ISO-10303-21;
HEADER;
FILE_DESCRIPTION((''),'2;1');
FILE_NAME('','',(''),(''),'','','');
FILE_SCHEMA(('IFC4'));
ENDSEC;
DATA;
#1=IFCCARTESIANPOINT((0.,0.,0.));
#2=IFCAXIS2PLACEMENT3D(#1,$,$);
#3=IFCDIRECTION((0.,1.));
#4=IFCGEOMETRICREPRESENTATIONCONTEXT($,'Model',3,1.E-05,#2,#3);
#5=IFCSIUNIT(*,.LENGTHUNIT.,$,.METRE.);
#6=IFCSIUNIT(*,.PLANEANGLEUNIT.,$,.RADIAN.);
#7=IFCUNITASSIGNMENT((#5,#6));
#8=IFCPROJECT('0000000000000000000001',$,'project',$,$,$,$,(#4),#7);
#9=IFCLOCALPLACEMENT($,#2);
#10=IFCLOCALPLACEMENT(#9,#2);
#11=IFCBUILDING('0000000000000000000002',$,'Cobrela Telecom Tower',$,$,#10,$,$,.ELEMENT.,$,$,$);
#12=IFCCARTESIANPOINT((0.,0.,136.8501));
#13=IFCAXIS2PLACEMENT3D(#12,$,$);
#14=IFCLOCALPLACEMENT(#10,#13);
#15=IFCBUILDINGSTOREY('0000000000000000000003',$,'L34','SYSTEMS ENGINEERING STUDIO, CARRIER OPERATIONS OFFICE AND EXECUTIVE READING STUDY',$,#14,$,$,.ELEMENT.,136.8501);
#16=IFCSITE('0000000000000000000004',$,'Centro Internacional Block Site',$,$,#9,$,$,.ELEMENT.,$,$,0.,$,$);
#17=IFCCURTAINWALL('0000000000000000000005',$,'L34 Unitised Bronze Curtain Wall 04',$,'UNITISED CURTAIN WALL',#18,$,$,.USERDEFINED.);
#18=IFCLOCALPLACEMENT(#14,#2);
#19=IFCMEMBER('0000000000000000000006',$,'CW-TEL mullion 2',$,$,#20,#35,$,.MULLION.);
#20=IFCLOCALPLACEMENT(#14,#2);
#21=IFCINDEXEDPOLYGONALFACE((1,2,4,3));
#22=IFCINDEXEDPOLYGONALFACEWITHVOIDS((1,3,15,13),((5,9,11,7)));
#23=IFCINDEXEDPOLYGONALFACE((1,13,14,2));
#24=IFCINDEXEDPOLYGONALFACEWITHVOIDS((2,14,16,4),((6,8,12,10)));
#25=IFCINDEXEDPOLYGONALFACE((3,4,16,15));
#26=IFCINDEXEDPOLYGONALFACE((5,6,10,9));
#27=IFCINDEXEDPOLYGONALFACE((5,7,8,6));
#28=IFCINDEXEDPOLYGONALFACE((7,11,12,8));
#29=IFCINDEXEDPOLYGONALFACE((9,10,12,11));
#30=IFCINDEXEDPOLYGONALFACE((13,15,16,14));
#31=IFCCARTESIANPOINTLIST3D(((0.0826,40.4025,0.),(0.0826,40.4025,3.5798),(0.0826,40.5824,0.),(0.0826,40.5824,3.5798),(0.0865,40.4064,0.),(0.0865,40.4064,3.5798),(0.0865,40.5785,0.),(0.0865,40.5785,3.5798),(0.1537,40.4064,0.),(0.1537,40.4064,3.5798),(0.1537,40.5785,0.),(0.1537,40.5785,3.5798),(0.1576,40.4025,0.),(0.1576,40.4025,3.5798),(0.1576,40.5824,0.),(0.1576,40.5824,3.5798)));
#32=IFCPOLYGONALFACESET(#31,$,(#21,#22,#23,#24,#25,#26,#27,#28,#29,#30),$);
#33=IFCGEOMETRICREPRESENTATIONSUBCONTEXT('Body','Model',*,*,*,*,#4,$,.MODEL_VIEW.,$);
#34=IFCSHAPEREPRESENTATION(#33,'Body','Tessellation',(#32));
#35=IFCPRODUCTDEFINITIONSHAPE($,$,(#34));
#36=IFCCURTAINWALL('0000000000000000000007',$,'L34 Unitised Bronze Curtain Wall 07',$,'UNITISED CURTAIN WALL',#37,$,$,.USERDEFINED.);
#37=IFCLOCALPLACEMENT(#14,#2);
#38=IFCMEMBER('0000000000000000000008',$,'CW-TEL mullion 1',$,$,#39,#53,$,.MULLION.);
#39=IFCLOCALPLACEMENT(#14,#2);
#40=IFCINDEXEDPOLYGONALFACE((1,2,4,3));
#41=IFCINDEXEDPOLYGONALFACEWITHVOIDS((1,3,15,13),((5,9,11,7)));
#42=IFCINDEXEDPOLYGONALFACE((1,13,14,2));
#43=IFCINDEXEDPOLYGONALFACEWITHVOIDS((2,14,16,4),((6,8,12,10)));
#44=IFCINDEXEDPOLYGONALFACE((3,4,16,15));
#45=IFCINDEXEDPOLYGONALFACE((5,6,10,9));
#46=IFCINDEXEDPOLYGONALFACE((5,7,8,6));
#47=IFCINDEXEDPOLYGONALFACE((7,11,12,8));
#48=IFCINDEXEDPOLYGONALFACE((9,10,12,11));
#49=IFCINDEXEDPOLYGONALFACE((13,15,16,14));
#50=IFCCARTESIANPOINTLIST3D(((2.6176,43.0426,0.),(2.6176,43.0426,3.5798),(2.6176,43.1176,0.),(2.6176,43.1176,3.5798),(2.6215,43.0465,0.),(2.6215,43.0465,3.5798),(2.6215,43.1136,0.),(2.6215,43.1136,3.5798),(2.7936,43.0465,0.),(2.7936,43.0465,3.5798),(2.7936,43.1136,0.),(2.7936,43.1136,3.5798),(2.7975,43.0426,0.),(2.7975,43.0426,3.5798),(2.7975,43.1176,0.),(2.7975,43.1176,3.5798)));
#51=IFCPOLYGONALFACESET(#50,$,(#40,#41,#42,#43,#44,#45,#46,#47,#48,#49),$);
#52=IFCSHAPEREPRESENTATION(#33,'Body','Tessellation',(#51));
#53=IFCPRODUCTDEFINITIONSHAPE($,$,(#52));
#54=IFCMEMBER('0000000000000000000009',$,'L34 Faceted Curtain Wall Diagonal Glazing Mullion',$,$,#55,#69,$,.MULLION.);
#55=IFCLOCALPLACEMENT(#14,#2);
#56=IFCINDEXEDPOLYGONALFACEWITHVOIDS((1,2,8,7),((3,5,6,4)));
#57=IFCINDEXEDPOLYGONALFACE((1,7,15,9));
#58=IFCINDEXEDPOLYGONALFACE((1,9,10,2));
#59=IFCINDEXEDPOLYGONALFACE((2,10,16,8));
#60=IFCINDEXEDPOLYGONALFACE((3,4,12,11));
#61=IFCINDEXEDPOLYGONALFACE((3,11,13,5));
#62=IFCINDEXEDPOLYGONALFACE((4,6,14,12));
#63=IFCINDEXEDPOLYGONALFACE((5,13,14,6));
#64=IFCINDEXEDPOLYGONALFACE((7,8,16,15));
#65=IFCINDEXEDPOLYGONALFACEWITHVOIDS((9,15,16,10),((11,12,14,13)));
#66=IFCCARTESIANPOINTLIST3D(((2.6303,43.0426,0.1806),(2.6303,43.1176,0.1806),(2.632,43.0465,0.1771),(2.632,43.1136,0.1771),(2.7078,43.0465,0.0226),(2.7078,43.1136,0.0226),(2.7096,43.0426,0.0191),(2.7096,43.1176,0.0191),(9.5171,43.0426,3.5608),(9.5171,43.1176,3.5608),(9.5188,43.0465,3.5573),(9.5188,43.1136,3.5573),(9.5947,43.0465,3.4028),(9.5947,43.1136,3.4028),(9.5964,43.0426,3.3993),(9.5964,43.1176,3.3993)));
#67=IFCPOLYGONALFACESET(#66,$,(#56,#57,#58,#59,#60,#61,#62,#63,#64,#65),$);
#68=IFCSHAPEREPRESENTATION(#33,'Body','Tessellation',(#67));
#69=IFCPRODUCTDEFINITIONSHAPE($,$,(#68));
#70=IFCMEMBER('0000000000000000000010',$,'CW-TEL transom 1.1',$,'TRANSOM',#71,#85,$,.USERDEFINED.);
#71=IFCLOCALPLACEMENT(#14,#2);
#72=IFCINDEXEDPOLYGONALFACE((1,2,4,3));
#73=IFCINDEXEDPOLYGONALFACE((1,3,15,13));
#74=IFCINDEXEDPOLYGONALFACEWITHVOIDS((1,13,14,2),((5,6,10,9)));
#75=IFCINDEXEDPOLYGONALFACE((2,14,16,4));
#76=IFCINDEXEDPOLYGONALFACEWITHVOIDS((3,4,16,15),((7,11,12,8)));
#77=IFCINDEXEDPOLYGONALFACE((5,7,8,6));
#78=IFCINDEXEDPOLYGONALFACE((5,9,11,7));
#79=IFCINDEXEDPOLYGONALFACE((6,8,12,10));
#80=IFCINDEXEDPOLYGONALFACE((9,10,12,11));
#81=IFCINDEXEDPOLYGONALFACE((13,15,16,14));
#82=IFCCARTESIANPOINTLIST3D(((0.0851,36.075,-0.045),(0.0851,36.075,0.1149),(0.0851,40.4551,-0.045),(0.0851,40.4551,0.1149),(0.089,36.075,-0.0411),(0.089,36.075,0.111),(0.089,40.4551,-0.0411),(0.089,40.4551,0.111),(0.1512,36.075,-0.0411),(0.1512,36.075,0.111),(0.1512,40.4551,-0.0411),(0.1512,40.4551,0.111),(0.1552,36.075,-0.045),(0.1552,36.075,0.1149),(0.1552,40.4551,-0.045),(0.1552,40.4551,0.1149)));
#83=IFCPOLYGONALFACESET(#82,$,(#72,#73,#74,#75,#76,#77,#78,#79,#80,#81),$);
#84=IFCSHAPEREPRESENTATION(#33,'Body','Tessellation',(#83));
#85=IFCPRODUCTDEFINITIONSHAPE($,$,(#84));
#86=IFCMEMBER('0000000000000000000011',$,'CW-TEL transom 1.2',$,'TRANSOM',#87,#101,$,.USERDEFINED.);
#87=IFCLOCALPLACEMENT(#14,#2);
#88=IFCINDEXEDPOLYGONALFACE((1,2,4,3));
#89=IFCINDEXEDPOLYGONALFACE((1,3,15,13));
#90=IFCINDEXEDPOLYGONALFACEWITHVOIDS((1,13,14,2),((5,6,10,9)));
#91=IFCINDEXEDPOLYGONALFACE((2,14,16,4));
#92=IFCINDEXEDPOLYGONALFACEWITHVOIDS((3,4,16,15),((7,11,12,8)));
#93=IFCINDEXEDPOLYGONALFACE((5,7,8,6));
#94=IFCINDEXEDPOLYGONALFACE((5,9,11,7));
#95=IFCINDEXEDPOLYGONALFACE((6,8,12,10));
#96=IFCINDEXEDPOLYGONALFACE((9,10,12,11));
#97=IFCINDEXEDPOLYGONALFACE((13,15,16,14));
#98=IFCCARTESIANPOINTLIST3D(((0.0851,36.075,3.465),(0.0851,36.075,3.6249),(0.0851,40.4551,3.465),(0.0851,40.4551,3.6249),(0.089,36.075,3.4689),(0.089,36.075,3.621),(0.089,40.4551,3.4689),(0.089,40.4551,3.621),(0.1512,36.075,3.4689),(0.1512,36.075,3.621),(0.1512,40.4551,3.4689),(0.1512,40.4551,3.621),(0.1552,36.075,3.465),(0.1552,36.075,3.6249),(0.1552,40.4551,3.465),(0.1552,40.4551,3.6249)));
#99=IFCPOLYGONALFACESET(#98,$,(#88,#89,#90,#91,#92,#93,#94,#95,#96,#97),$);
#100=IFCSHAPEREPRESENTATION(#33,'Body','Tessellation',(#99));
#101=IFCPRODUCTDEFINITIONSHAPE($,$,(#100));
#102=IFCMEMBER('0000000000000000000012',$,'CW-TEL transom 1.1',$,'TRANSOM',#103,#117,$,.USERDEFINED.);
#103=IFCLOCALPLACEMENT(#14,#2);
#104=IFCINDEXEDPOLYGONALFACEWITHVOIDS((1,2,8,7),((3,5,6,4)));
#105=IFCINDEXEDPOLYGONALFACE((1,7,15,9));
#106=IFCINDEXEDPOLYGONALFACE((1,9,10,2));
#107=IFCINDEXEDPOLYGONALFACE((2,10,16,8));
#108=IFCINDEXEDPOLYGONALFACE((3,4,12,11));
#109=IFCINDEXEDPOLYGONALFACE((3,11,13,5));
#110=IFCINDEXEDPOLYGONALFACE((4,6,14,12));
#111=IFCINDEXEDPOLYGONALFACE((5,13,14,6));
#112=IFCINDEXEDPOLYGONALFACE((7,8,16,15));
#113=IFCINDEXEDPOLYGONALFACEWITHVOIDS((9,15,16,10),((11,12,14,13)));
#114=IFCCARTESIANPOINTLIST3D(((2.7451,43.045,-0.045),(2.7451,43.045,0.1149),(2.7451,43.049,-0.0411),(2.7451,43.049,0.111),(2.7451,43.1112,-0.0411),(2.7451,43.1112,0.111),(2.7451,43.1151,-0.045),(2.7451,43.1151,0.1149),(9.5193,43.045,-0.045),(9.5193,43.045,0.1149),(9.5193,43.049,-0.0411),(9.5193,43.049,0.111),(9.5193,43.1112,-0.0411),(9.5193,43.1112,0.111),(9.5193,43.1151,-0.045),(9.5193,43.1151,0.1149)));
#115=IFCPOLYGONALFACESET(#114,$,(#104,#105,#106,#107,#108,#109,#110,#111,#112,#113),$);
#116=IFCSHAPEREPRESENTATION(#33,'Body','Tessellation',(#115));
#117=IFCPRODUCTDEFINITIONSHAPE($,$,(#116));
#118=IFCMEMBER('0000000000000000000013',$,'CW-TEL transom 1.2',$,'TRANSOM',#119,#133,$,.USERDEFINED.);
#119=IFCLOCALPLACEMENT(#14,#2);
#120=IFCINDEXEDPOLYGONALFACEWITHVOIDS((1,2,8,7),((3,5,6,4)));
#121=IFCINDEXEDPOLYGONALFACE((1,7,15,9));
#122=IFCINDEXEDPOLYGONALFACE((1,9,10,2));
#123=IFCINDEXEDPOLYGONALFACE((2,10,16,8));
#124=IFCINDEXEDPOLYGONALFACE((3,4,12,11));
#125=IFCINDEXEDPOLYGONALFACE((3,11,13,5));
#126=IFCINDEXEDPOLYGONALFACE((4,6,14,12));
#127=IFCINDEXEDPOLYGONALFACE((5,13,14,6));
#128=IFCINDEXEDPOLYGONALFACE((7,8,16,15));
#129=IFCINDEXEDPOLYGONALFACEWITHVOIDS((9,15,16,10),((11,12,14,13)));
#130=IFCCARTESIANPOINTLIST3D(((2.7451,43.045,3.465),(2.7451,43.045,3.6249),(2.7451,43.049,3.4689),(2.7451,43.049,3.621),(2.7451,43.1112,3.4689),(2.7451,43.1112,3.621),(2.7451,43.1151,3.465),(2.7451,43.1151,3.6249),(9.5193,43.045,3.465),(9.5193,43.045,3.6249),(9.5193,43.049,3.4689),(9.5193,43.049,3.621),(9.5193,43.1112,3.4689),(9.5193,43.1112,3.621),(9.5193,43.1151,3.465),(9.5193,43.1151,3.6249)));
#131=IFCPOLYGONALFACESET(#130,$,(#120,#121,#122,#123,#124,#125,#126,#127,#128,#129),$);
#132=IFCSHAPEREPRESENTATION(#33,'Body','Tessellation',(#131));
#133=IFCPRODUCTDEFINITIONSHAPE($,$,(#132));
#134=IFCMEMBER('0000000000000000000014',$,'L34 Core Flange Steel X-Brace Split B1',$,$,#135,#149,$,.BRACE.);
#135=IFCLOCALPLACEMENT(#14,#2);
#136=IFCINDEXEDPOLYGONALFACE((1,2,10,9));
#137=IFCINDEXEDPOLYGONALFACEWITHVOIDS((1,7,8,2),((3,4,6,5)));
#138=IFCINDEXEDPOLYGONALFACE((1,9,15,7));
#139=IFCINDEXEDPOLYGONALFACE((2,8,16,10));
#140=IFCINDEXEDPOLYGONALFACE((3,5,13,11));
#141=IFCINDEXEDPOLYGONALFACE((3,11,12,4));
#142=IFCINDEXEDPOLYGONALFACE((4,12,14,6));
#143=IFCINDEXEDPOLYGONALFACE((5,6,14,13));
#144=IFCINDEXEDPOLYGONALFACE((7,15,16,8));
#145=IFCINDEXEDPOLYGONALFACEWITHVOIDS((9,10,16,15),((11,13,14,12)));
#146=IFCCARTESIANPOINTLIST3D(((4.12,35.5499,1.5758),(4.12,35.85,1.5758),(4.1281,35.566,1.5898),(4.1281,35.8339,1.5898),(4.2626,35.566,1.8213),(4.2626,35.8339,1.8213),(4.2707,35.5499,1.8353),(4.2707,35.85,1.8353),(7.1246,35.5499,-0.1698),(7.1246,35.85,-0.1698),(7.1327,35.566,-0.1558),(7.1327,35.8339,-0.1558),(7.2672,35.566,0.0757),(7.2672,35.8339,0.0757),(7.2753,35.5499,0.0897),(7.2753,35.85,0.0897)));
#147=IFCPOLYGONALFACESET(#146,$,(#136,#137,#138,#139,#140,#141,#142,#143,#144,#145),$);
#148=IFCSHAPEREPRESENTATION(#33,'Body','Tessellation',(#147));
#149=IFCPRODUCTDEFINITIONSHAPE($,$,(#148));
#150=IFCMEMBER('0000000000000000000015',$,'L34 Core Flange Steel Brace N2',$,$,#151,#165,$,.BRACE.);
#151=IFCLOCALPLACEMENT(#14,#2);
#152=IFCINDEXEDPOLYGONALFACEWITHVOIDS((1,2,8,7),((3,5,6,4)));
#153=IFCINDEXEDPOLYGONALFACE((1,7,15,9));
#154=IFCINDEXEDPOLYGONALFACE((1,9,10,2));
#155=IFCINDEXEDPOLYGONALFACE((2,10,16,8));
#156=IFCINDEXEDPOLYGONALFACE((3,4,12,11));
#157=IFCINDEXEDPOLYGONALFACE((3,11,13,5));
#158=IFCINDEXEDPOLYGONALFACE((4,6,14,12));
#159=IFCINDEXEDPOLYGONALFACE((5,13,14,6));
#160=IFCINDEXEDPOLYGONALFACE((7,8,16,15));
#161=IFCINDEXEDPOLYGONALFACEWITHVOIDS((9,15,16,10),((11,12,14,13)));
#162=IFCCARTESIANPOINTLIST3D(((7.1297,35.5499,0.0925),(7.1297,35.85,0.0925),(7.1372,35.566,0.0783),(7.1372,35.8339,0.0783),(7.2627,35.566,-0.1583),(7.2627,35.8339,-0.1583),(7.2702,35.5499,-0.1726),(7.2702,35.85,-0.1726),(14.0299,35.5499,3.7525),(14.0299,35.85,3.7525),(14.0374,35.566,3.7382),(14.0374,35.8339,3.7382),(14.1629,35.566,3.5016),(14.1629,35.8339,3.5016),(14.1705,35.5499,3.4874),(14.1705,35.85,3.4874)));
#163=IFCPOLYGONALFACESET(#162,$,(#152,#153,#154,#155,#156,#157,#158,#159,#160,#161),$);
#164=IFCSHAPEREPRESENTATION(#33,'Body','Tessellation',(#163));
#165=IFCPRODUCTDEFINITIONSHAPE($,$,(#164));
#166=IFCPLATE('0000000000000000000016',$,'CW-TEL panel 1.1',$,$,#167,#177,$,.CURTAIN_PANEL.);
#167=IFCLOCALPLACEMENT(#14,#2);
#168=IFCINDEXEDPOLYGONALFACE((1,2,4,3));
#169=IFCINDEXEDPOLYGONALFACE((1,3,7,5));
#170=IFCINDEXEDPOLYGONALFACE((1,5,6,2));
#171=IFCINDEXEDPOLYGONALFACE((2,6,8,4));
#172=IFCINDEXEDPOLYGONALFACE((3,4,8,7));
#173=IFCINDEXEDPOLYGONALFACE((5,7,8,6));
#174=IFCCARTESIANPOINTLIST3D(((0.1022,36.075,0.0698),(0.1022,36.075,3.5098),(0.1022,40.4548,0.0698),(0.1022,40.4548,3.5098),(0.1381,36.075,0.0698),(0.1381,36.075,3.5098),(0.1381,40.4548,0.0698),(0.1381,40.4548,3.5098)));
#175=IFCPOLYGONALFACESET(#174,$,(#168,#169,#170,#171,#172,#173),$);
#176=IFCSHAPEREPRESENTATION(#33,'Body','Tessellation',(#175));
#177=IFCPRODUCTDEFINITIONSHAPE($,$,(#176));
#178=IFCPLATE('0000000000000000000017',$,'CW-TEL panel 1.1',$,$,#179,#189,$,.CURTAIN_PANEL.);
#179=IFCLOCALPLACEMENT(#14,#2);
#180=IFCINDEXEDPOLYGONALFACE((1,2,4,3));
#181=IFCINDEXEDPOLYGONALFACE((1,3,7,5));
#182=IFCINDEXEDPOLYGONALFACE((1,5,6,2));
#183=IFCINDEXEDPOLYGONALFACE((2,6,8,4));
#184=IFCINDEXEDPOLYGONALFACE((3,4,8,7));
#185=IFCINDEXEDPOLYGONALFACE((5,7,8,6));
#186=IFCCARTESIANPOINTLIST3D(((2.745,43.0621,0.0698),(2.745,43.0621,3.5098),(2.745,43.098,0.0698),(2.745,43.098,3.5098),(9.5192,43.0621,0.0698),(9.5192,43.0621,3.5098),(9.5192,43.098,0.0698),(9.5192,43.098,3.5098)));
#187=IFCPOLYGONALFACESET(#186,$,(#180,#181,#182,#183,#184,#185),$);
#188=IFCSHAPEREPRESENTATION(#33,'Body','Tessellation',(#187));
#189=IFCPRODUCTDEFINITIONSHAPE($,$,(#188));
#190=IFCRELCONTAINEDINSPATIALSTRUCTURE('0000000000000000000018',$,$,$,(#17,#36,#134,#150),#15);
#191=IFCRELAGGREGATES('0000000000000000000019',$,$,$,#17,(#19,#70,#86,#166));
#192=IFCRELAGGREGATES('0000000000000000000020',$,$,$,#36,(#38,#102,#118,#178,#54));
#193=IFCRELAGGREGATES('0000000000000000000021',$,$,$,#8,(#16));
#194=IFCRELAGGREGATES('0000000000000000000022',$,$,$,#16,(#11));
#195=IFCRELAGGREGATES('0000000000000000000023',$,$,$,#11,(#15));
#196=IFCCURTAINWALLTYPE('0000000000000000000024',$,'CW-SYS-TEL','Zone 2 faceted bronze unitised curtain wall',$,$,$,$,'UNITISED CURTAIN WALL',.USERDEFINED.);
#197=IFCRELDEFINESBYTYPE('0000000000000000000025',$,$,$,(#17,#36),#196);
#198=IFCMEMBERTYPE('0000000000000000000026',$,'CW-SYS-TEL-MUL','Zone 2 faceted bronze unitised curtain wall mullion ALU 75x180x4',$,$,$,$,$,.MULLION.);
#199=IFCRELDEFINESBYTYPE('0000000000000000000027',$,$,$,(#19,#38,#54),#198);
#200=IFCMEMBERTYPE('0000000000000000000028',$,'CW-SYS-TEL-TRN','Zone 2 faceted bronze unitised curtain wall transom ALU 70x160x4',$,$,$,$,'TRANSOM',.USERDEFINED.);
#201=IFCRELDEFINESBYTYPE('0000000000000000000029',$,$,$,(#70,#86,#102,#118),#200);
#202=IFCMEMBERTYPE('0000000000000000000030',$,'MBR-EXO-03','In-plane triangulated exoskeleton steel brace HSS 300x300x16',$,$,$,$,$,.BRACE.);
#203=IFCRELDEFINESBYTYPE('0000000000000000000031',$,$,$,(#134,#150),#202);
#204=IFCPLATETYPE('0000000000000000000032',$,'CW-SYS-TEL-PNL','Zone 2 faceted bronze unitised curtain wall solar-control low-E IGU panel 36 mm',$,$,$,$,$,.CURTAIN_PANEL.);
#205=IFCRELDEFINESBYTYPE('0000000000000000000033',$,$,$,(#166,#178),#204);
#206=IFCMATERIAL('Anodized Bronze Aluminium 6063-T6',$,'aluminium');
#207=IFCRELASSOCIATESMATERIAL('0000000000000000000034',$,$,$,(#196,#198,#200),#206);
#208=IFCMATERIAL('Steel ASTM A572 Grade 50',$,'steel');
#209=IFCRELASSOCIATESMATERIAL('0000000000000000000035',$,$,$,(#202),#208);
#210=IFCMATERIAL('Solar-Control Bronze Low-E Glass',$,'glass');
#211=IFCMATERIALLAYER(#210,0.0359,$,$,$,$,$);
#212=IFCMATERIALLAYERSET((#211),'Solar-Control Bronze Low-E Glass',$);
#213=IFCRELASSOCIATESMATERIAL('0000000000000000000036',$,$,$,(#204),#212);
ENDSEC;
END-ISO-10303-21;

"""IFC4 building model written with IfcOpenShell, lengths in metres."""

from ifc_helpers import new_model, si_unit, direction, frame, origin, origin_2d, place, context, subcontext, project, spatial, rectangle, hollow_rectangle, extrude, material, layer, layer_set, material_profile, profile_set, type_object, element, aggregate, save


model = new_model("IFC4")

# Units and contexts
model_context = context("Model", 3, precision=1e-05, world=origin(), true_north=direction((0.0, 1.0)))
body_context = subcontext(model_context, "Body", "Model", "MODEL_VIEW")
ifc_project = project(units=[si_unit("LENGTHUNIT", "METRE"), si_unit("PLANEANGLEUNIT", "RADIAN")], contexts=[model_context])

# Site, building, storey
site_placement = place(None, origin())
site = spatial("IfcSite", under=ifc_project, at=site_placement, Name="Centro Internacional Block Site", CompositionType="ELEMENT", RefElevation=0.0)
building_placement = place(site_placement, origin())
building = spatial("IfcBuilding", under=site, at=building_placement, Name="Cobrela Telecom Tower", CompositionType="ELEMENT")
storey_placement = place(building_placement, frame((0.0, 0.0, 136.8501)))
storey = spatial("IfcBuildingStorey", under=building, at=storey_placement, Name="L34", Description="SYSTEMS ENGINEERING STUDIO, CARRIER OPERATIONS OFFICE AND EXECUTIVE READING STUDY", CompositionType="ELEMENT", Elevation=136.8501)

# Shared definitions
ifc_material_1 = material(Name="Steel ASTM A572 Grade 50", Category="steel")

# Curtain walls, members
ifc_material_2 = material(Name="Anodized Bronze Aluminium 6063-T6", Category="aluminium")
curtain_wall_type = type_object("IfcCurtainWallType", Name="CW-SYS-TEL", Description="Zone 2 faceted bronze unitised curtain wall", ElementType="UNITISED CURTAIN WALL", PredefinedType="USERDEFINED", material=ifc_material_2)
curtain_wall_1_placement = place(storey_placement, origin())
curtain_wall_1 = element("IfcCurtainWall", 1, at=curtain_wall_1_placement, inside=storey, type_object=curtain_wall_type, Name="L34 Unitised Bronze Curtain Wall 04", ObjectType="UNITISED CURTAIN WALL", PredefinedType="USERDEFINED")
ifc_material_profile_1 = material_profile(ifc_material_2, hollow_rectangle(XDim=0.075, YDim=0.1799, WallThickness=0.0039, at=origin_2d()), Name="ALU 75x180x4")
ifc_profile_set_1 = profile_set([ifc_material_profile_1], Name="Anodized Bronze Aluminium 6063-T6")
member_type_1 = type_object("IfcMemberType", Name="CW-SYS-TEL-MUL", Description="Zone 2 faceted bronze unitised curtain wall mullion ALU 75x180x4", PredefinedType="MULLION", material=ifc_profile_set_1)
member_1_placement = place(storey_placement, frame((0.1201, 40.4924, 0.0), z_axis=(0.0, 0.0, 1.0), x_axis=(-1.0, 0.0, 0.0)))
member_1 = element("IfcMember", 2, at=member_1_placement, type_object=member_type_1, Name="CW-TEL mullion 2", PredefinedType="MULLION", context=body_context, shape_type="SweptSolid", body=[
    extrude(hollow_rectangle(XDim=0.075, YDim=0.1799, WallThickness=0.0039, at=origin_2d()), origin(), (0.0, 0.0, 1.0), 3.5798),
])
curtain_wall_2_placement = place(storey_placement, origin())
curtain_wall_2 = element("IfcCurtainWall", 3, at=curtain_wall_2_placement, inside=storey, type_object=curtain_wall_type, Name="L34 Unitised Bronze Curtain Wall 07", ObjectType="UNITISED CURTAIN WALL", PredefinedType="USERDEFINED")
member_2_placement = place(storey_placement, frame((2.7075, 43.0801, 0.0), z_axis=(0.0, 0.0, 1.0), x_axis=(0.0, 1.0, 0.0)))
member_2 = element("IfcMember", 4, at=member_2_placement, type_object=member_type_1, Name="CW-TEL mullion 1", PredefinedType="MULLION", context=body_context, shape_type="SweptSolid", body=[
    extrude(hollow_rectangle(XDim=0.075, YDim=0.1799, WallThickness=0.0039, at=origin_2d()), origin(), (0.0, 0.0, 1.0), 3.5798),
])
member_3_placement = place(storey_placement, frame((2.6699, 43.0801, 0.0999), z_axis=(0.8977, 0.0, 0.440607), x_axis=(0.0, 1.0, 0.0)))
member_3 = element("IfcMember", 5, at=member_3_placement, type_object=member_type_1, Name="L34 Faceted Curtain Wall Diagonal Glazing Mullion", PredefinedType="MULLION", context=body_context, shape_type="SweptSolid", body=[
    extrude(hollow_rectangle(XDim=0.075, YDim=0.1799, WallThickness=0.0039, at=origin_2d()), origin(), (0.0, 0.0, 1.0), 7.6716),
])

# Members
ifc_material_profile_2 = material_profile(ifc_material_2, hollow_rectangle(XDim=0.0701, YDim=0.1599, WallThickness=0.0039, at=origin_2d()), Name="ALU 70x160x4")
ifc_profile_set_2 = profile_set([ifc_material_profile_2], Name="Anodized Bronze Aluminium 6063-T6")
member_type_2 = type_object("IfcMemberType", Name="CW-SYS-TEL-TRN", Description="Zone 2 faceted bronze unitised curtain wall transom ALU 70x160x4", ElementType="TRANSOM", PredefinedType="USERDEFINED", material=ifc_profile_set_2)
member_4_placement = place(storey_placement, frame((0.1201, 36.075, 0.0349), z_axis=(0.0, 1.0, 0.0), x_axis=(-1.0, 0.0, 0.0)))
member_4 = element("IfcMember", 6, at=member_4_placement, type_object=member_type_2, Name="CW-TEL transom 1.1", ObjectType="TRANSOM", PredefinedType="USERDEFINED", context=body_context, shape_type="SweptSolid", body=[
    extrude(hollow_rectangle(XDim=0.0701, YDim=0.1599, WallThickness=0.0039, at=origin_2d()), origin(), (0.0, 0.0, 1.0), 4.3801),
])
member_5_placement = place(storey_placement, frame((0.1201, 36.075, 3.5449), z_axis=(0.0, 1.0, 0.0), x_axis=(-1.0, 0.0, 0.0)))
member_5 = element("IfcMember", 7, at=member_5_placement, type_object=member_type_2, Name="CW-TEL transom 1.2", ObjectType="TRANSOM", PredefinedType="USERDEFINED", context=body_context, shape_type="SweptSolid", body=[
    extrude(hollow_rectangle(XDim=0.0701, YDim=0.1599, WallThickness=0.0039, at=origin_2d()), origin(), (0.0, 0.0, 1.0), 4.3801),
])
member_6_placement = place(storey_placement, frame((2.7451, 43.0801, 0.0349), z_axis=(1.0, 0.0, 0.0), x_axis=(0.0, 1.0, 0.0)))
member_6 = element("IfcMember", 8, at=member_6_placement, type_object=member_type_2, Name="CW-TEL transom 1.1", ObjectType="TRANSOM", PredefinedType="USERDEFINED", context=body_context, shape_type="SweptSolid", body=[
    extrude(hollow_rectangle(XDim=0.0701, YDim=0.1599, WallThickness=0.0039, at=origin_2d()), origin(), (0.0, 0.0, 1.0), 6.7742),
])
member_7_placement = place(storey_placement, frame((2.7451, 43.0801, 3.5449), z_axis=(1.0, 0.0, 0.0), x_axis=(0.0, 1.0, 0.0)))
member_7 = element("IfcMember", 9, at=member_7_placement, type_object=member_type_2, Name="CW-TEL transom 1.2", ObjectType="TRANSOM", PredefinedType="USERDEFINED", context=body_context, shape_type="SweptSolid", body=[
    extrude(hollow_rectangle(XDim=0.0701, YDim=0.1599, WallThickness=0.0039, at=origin_2d()), origin(), (0.0, 0.0, 1.0), 6.7742),
])

# Members
ifc_material_profile_3 = material_profile(ifc_material_1, hollow_rectangle(XDim=0.3, YDim=0.3, WallThickness=0.0161, at=origin_2d()), Name="HSS 300x300x16")
ifc_profile_set_3 = profile_set([ifc_material_profile_3], Name="Steel ASTM A572 Grade 50")
member_type_3 = type_object("IfcMemberType", Name="MBR-EXO-03", Description="In-plane triangulated exoskeleton steel brace HSS 300x300x16", PredefinedType="BRACE", material=ifc_profile_set_3)
member_8_placement = place(storey_placement, frame((7.2, 35.7, -0.04), z_axis=(-0.864667, 0.0, 0.502346), x_axis=(0.0, -1.0, 0.0)))
element("IfcMember", 10, at=member_8_placement, inside=storey, type_object=member_type_3, Name="L34 Core Flange Steel X-Brace Split B1", PredefinedType="BRACE", context=body_context, shape_type="SweptSolid", body=[
    extrude(hollow_rectangle(XDim=0.3, YDim=0.3, WallThickness=0.0161, at=origin_2d()), origin(), (0.0, 0.0, 1.0), 3.4749),
])
member_9_placement = place(storey_placement, frame((7.2, 35.7, -0.04), z_axis=(0.883423, 0.0, 0.468577), x_axis=(0.0, 1.0, 0.0)))
element("IfcMember", 11, at=member_9_placement, inside=storey, type_object=member_type_3, Name="L34 Core Flange Steel Brace N2", PredefinedType="BRACE", context=body_context, shape_type="SweptSolid", body=[
    extrude(hollow_rectangle(XDim=0.3, YDim=0.3, WallThickness=0.0161, at=origin_2d()), origin(), (0.0, 0.0, 1.0), 7.8108),
])

# Plates
ifc_material_3 = material(Name="Solar-Control Bronze Low-E Glass", Category="glass")
ifc_layer_1 = layer(ifc_material_3, 0.0359)
ifc_layer_set_1 = layer_set([ifc_layer_1], Name="Solar-Control Bronze Low-E Glass")
plate_type_1 = type_object("IfcPlateType", Name="CW-SYS-TEL-PNL", Description="Zone 2 faceted bronze unitised curtain wall solar-control low-E IGU panel 36 mm", PredefinedType="CURTAIN_PANEL", material=ifc_layer_set_1)
plate_1_placement = place(storey_placement, frame((0.1201, 38.2649, 0.0698), z_axis=(0.0, 0.0, 1.0), x_axis=(0.0, 1.0, 0.0)))
plate_1 = element("IfcPlate", 12, at=plate_1_placement, type_object=plate_type_1, Name="CW-TEL panel 1.1", PredefinedType="CURTAIN_PANEL", context=body_context, shape_type="SweptSolid", body=[
    extrude(rectangle(XDim=4.3799, YDim=0.0359, at=origin_2d()), origin(), (0.0, 0.0, 1.0), 3.4399),
])
aggregate(curtain_wall_1, [member_1, member_4, member_5, plate_1])
plate_2_placement = place(storey_placement, frame((6.1321, 43.0801, 0.0698), z_axis=(0.0, 0.0, 1.0), x_axis=(1.0, 0.0, 0.0)))
plate_2 = element("IfcPlate", 13, at=plate_2_placement, type_object=plate_type_1, Name="CW-TEL panel 1.1", PredefinedType="CURTAIN_PANEL", context=body_context, shape_type="SweptSolid", body=[
    extrude(rectangle(XDim=6.7742, YDim=0.0359, at=origin_2d()), origin(), (0.0, 0.0, 1.0), 3.4399),
])
aggregate(curtain_wall_2, [member_2, member_6, member_7, plate_2, member_3])

save(model, "model.ifc")
